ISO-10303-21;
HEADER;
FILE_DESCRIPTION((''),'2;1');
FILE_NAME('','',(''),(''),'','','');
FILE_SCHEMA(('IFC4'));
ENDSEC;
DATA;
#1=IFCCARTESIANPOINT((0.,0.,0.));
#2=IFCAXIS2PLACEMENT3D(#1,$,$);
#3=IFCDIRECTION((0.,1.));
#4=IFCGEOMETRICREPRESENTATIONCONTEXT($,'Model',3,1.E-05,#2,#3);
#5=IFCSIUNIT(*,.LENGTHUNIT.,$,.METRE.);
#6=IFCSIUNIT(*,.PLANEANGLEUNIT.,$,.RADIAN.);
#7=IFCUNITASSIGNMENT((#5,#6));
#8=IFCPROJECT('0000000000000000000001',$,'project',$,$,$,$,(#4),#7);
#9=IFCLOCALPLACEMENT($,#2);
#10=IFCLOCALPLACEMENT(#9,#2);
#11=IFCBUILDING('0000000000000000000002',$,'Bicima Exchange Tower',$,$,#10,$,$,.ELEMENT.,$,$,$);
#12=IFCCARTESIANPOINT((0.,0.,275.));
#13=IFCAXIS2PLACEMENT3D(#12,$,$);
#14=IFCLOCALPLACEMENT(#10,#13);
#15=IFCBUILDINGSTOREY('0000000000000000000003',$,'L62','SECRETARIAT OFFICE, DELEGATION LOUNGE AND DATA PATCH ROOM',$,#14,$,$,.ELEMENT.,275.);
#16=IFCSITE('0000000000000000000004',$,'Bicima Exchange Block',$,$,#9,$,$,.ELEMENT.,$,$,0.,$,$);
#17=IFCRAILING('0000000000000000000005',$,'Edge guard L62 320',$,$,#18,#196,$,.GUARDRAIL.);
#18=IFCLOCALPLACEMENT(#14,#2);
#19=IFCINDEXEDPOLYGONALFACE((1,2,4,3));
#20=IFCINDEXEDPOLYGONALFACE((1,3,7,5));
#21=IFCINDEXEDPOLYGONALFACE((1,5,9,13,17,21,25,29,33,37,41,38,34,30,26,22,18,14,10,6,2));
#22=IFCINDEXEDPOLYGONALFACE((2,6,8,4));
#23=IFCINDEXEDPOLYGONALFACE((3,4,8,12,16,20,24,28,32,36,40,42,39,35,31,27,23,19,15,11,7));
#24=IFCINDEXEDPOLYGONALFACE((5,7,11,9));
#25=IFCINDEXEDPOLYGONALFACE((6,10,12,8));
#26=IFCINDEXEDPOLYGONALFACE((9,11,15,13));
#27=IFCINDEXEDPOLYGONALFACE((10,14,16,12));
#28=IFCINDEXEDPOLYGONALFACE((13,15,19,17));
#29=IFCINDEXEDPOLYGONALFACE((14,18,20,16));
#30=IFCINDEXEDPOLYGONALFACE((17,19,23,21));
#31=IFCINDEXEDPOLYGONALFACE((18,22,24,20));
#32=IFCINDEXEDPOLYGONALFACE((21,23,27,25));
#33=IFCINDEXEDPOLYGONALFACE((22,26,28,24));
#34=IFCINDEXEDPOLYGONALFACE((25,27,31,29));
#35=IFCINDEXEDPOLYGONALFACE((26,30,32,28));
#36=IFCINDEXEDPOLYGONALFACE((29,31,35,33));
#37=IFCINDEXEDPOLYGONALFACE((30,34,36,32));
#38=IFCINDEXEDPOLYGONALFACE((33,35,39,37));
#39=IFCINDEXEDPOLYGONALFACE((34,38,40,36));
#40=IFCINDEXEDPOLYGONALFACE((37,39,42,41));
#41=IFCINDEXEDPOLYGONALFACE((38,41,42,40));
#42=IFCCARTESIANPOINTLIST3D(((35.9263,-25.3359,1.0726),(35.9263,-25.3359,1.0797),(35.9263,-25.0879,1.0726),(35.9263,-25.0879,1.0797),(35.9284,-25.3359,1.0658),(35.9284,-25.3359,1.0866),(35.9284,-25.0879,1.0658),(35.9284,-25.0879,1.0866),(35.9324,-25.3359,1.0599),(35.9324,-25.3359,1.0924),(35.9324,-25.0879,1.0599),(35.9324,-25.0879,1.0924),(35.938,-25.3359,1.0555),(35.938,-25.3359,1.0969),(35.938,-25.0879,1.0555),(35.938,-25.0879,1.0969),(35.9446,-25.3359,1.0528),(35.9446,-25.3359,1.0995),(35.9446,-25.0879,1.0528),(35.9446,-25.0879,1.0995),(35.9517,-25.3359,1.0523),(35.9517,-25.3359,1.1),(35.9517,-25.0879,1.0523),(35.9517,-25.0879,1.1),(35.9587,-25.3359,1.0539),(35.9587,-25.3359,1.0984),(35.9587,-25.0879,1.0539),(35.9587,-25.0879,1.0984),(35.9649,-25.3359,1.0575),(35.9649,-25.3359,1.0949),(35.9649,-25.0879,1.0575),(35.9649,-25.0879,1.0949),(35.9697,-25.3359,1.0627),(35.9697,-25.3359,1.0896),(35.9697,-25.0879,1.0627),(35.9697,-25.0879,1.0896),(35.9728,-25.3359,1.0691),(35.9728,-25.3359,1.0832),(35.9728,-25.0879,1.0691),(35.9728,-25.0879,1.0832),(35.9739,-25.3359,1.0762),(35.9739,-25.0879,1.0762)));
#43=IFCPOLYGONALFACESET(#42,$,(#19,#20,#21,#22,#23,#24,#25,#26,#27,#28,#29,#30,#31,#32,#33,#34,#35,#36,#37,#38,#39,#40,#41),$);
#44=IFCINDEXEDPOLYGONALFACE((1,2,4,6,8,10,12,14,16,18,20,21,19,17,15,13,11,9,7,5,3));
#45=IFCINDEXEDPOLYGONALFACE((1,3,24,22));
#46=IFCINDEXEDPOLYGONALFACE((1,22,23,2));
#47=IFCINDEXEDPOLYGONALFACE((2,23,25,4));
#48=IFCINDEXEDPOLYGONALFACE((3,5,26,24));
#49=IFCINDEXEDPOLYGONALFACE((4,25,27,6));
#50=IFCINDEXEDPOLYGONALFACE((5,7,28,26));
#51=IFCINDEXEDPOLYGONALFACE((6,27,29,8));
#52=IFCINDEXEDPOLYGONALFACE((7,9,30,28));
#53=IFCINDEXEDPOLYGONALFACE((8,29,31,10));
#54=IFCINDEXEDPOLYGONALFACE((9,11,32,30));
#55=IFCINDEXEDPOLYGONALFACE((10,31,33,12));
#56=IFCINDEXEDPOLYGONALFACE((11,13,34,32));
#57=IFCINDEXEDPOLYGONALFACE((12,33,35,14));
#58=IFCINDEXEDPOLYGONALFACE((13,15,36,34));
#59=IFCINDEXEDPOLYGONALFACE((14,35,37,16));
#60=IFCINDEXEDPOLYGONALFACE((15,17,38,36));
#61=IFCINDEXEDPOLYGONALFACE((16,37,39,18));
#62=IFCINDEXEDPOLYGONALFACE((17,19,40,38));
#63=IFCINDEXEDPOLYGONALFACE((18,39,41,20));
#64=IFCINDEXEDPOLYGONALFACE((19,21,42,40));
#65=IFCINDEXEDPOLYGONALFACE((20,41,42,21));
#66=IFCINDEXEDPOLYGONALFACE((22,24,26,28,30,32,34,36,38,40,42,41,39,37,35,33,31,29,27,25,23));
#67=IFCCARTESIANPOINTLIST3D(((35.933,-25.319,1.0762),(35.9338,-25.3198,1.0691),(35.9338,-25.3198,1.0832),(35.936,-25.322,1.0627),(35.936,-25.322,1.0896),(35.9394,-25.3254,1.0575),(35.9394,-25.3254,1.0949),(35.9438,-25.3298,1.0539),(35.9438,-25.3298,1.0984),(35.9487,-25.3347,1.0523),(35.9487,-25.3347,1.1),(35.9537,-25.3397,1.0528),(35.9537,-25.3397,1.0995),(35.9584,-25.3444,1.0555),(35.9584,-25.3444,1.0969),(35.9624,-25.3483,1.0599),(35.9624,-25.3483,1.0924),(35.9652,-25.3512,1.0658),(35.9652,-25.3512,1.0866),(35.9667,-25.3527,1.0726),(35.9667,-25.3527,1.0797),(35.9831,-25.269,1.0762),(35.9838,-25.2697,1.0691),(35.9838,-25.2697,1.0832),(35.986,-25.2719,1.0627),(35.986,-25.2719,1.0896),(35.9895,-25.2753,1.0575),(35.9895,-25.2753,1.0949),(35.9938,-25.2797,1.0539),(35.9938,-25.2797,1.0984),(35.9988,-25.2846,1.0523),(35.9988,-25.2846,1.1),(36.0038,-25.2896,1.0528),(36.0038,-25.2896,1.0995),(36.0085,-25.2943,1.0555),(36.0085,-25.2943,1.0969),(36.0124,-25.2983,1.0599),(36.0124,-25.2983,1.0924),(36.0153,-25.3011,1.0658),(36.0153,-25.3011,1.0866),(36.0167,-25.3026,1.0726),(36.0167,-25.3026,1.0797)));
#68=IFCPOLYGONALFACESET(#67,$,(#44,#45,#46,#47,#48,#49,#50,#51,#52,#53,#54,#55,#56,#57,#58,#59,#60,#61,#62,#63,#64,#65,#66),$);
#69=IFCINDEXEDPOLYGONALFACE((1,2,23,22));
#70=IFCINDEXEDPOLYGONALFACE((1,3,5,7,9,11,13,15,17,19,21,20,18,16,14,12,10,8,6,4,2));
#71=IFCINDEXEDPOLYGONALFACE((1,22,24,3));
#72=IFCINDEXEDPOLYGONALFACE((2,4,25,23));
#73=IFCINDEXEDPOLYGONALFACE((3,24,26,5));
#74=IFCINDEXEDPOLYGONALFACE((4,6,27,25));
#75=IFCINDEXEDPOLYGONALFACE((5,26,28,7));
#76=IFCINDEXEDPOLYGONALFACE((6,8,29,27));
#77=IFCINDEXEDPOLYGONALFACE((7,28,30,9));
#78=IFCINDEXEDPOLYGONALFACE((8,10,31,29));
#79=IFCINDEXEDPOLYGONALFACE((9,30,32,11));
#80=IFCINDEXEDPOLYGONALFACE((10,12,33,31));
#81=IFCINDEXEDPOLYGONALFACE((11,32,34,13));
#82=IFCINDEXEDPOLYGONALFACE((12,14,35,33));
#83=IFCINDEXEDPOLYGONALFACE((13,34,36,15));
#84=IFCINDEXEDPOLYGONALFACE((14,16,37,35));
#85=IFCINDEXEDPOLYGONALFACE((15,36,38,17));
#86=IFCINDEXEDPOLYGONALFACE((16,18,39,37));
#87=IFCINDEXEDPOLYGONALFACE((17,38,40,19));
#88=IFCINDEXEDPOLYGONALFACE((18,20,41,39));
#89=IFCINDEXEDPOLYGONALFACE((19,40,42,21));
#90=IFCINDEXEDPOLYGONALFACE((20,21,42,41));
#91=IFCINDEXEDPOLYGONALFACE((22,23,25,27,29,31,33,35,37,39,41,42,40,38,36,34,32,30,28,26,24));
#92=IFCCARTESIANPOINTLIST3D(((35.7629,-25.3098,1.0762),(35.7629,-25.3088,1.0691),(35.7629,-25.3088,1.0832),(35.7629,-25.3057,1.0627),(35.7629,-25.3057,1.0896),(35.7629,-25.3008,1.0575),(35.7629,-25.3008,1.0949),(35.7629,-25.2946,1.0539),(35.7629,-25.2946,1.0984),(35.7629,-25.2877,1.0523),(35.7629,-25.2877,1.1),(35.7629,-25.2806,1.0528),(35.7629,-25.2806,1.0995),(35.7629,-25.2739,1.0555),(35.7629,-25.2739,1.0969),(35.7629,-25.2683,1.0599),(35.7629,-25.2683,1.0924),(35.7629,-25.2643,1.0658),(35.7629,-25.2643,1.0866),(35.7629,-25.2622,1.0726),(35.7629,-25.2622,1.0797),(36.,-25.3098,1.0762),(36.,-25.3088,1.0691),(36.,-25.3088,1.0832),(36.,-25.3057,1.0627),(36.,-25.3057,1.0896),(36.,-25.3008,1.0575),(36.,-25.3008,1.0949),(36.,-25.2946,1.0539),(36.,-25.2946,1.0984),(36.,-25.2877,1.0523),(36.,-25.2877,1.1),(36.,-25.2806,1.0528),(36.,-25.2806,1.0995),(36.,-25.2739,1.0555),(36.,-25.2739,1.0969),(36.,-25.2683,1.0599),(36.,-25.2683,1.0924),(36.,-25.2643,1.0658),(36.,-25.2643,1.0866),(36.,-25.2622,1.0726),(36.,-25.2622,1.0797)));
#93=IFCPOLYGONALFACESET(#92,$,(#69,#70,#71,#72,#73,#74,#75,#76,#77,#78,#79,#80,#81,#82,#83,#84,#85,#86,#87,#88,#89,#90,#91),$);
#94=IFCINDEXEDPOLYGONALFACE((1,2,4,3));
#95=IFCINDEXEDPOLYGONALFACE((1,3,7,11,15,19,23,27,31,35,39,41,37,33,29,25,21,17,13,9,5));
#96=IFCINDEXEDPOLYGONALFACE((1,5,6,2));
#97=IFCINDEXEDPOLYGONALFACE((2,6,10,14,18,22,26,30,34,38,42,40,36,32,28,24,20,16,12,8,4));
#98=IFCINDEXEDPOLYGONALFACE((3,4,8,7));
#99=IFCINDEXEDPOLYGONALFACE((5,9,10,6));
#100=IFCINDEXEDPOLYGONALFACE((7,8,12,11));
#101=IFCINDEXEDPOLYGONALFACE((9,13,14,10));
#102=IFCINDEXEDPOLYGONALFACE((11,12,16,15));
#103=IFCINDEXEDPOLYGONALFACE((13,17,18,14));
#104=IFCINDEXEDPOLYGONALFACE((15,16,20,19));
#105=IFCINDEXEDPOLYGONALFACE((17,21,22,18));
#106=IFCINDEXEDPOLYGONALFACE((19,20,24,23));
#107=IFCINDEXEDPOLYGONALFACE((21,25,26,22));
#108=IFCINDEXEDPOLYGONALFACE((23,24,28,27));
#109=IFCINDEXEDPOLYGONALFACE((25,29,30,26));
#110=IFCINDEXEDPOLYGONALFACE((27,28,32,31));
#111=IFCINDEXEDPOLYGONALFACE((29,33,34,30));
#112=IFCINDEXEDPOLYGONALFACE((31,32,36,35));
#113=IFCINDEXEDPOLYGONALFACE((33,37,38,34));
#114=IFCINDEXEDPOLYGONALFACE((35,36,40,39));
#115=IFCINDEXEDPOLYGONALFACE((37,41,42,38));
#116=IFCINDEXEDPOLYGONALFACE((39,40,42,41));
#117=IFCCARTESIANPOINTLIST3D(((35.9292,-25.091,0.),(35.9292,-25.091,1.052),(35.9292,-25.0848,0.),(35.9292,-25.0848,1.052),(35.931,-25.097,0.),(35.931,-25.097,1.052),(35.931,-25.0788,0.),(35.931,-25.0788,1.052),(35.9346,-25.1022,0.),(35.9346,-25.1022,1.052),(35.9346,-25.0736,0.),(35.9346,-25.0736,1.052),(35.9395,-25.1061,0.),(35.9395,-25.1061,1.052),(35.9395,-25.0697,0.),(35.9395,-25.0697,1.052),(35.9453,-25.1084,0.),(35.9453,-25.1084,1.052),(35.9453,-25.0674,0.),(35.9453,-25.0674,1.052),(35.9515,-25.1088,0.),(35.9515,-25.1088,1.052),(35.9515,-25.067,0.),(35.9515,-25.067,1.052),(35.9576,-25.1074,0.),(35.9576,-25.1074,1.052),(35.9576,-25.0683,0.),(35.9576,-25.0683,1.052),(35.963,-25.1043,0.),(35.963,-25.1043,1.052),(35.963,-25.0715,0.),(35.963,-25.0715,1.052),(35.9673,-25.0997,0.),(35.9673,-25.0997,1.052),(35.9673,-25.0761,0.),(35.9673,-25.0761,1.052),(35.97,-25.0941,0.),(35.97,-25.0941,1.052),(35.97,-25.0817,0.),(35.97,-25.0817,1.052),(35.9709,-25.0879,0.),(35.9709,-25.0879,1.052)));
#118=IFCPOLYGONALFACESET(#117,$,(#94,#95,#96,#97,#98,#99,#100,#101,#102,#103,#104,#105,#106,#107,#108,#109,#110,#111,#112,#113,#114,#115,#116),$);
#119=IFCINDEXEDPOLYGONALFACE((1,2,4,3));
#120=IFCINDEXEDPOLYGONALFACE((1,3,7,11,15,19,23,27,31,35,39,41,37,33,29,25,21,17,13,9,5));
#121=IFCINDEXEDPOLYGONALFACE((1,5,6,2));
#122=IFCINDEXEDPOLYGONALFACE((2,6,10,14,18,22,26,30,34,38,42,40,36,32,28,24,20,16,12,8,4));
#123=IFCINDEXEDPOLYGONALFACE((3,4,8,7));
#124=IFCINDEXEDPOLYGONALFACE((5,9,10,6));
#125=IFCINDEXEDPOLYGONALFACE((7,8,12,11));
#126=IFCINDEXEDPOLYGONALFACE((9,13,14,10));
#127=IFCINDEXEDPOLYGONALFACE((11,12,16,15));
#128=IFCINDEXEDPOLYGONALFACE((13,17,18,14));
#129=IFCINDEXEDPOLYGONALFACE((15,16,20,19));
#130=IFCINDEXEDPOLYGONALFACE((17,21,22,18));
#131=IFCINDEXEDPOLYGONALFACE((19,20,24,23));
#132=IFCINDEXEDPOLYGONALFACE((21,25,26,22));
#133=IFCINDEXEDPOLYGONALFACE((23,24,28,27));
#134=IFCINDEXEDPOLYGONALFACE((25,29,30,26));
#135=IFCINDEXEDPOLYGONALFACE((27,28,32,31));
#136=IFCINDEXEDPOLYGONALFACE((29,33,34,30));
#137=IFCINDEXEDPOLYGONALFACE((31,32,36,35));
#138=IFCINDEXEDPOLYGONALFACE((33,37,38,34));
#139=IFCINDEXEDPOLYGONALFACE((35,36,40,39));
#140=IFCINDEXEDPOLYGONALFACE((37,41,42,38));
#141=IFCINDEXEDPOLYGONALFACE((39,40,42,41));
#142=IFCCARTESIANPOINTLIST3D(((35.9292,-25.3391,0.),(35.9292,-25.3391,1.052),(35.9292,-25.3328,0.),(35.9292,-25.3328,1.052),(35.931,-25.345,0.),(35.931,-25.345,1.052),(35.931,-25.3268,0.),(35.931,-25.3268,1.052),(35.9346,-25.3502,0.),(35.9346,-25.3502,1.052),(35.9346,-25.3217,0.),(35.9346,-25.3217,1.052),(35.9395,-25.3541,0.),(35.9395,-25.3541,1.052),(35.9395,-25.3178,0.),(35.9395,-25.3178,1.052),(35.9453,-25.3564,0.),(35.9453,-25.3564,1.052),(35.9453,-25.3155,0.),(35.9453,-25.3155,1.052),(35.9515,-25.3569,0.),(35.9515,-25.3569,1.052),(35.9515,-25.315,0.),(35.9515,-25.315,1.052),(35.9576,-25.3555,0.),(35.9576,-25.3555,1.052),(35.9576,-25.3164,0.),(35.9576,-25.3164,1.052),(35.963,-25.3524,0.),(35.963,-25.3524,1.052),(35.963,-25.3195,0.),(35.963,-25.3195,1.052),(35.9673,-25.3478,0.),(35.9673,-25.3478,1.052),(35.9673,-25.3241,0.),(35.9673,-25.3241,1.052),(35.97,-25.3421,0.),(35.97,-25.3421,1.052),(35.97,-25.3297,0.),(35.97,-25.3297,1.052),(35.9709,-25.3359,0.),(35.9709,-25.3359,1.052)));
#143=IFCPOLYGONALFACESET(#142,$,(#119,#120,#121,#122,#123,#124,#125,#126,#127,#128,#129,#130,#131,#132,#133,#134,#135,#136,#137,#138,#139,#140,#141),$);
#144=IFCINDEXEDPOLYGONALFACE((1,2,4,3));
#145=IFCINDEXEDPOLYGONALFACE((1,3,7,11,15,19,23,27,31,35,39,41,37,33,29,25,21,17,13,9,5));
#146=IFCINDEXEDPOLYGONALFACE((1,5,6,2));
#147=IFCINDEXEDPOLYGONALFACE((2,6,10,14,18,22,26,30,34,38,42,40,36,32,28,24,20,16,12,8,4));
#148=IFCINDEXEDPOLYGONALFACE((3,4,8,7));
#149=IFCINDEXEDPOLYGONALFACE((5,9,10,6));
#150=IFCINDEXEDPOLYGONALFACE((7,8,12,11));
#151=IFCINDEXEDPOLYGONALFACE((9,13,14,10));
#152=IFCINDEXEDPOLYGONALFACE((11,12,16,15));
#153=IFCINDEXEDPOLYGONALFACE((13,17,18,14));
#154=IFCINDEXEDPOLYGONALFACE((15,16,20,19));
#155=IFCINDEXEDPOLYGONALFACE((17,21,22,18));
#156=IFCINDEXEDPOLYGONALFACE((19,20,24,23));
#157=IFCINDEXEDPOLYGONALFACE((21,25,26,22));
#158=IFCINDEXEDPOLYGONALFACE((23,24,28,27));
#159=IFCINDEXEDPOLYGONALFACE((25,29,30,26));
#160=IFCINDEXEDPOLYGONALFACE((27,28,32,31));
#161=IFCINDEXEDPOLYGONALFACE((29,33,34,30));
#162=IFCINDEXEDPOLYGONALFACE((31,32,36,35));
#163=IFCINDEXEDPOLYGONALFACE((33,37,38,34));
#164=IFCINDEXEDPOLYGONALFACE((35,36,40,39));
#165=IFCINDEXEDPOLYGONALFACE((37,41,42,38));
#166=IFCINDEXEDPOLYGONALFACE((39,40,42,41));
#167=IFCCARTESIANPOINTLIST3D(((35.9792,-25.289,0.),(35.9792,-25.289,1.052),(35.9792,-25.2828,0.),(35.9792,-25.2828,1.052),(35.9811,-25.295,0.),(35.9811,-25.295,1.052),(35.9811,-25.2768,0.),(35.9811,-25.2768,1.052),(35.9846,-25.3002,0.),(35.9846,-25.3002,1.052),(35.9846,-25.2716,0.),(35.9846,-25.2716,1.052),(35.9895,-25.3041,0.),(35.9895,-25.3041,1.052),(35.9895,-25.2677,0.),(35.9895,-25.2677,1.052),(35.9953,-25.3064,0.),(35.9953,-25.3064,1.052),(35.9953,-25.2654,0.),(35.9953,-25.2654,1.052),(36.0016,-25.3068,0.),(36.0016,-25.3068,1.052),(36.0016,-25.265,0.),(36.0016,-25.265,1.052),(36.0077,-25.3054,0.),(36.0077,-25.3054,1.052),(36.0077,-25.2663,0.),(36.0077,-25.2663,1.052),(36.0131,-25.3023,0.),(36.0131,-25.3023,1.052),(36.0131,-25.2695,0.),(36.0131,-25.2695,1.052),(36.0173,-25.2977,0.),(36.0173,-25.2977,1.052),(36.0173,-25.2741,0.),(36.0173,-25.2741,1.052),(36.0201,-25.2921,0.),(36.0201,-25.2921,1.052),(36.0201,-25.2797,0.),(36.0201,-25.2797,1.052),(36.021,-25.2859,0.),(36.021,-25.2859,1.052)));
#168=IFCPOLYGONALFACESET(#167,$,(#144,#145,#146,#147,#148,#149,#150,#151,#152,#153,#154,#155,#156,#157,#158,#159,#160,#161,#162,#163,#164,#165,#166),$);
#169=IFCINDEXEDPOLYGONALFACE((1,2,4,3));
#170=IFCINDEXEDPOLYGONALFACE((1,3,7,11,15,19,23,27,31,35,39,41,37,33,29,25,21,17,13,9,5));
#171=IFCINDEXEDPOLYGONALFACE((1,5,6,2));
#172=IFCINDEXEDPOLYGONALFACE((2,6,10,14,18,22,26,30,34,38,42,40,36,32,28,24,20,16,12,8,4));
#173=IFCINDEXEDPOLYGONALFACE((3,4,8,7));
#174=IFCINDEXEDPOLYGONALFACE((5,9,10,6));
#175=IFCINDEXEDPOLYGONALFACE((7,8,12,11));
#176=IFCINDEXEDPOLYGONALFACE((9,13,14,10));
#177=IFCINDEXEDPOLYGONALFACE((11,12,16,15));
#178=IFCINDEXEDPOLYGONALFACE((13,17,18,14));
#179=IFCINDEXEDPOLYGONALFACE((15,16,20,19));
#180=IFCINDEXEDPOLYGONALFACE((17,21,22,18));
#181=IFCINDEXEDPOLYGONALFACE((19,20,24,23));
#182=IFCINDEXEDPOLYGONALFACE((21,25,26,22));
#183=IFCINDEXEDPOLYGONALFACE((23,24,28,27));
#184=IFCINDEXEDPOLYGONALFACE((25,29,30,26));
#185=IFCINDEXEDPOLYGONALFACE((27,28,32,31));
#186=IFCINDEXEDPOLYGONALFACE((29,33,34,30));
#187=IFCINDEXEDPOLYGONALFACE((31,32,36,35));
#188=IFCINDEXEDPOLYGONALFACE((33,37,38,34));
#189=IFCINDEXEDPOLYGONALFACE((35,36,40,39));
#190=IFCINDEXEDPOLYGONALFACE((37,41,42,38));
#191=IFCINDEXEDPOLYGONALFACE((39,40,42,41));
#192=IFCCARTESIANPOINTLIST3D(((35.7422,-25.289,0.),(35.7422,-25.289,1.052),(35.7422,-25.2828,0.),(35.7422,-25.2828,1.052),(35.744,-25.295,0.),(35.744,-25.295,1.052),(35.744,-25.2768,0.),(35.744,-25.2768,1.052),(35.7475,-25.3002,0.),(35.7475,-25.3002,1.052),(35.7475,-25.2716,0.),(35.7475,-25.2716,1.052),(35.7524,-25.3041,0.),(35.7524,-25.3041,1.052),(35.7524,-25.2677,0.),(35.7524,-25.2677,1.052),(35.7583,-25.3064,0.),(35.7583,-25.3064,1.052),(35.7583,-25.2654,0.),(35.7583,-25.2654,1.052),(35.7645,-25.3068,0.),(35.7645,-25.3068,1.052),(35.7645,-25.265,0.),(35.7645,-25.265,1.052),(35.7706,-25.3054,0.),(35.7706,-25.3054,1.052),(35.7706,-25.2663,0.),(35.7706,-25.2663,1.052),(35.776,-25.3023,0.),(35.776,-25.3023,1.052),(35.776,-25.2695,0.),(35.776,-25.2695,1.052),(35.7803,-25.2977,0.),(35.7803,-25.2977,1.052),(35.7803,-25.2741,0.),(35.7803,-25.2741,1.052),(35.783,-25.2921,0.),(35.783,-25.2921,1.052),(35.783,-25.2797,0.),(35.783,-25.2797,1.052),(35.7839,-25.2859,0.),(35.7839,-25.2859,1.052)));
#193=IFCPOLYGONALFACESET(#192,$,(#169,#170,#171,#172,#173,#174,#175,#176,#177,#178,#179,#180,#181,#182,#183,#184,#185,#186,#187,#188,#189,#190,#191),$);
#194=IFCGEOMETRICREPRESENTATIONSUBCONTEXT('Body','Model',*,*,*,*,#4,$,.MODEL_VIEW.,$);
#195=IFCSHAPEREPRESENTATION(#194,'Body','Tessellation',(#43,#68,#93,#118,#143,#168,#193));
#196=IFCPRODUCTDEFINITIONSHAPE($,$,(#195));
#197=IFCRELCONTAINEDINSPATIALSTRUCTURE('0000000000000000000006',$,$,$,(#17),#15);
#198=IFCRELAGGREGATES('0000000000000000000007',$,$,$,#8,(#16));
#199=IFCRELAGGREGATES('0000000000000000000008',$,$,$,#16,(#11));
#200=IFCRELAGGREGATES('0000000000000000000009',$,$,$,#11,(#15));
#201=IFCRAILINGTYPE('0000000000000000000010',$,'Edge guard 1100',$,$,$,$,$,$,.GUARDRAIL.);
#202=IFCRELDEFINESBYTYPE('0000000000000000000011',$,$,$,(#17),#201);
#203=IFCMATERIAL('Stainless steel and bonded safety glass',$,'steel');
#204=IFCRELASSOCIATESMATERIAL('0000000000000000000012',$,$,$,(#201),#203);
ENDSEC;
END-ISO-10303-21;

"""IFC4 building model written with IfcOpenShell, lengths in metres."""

from ifc_helpers import new_model, si_unit, direction, frame, origin, origin_2d, place, context, subcontext, project, spatial, circle, extrude, material, type_object, element, save


model = new_model("IFC4")

# Units and contexts
model_context = context("Model", 3, precision=1e-05, world=origin(), true_north=direction((0.0, 1.0)))
body_context = subcontext(model_context, "Body", "Model", "MODEL_VIEW")
ifc_project = project(units=[si_unit("LENGTHUNIT", "METRE"), si_unit("PLANEANGLEUNIT", "RADIAN")], contexts=[model_context])

# Site, building, storey
site_placement = place(None, origin())
site = spatial("IfcSite", under=ifc_project, at=site_placement, Name="Bicima Exchange Block", CompositionType="ELEMENT", RefElevation=0.0)
building_placement = place(site_placement, origin())
building = spatial("IfcBuilding", under=site, at=building_placement, Name="Bicima Exchange Tower", CompositionType="ELEMENT")
storey_placement = place(building_placement, frame((0.0, 0.0, 275.0)))
storey = spatial("IfcBuildingStorey", under=building, at=storey_placement, Name="L62", Description="SECRETARIAT OFFICE, DELEGATION LOUNGE AND DATA PATCH ROOM", CompositionType="ELEMENT", Elevation=275.0)

# Railing
ifc_material_1 = material(Name="Stainless steel and bonded safety glass", Category="steel")
railing_type = type_object("IfcRailingType", Name="Edge guard 1100", PredefinedType="GUARDRAIL", material=ifc_material_1)
railing_1_placement = place(storey_placement, frame((35.95, -25.0879, 0.0)))
element("IfcRailing", 1, at=railing_1_placement, inside=storey, type_object=railing_type, Name="Edge guard L62 320", PredefinedType="GUARDRAIL", context=body_context, shape_type="SweptSolid", body=[
    extrude(circle(Radius=0.0239, at=origin_2d()), frame((0.0, 0.0, 1.0762), z_axis=(0.0, -1.0, 0.0), x_axis=(1.0, 0.0, 0.0)), (0.0, 0.0, 1.0), 0.248),
    extrude(circle(Radius=0.0239, at=origin_2d()), frame((0.0, -0.248, 1.0762), z_axis=(0.707107, 0.707107, 0.0), x_axis=(-0.707107, 0.707107, 0.0)), (0.0, 0.0, 1.0), 0.0708),
    extrude(circle(Radius=0.0239, at=origin_2d()), frame((0.05, -0.198, 1.0762), z_axis=(-1.0, 0.0, 0.0), x_axis=(0.0, -1.0, 0.0)), (0.0, 0.0, 1.0), 0.2371),
    extrude(circle(Radius=0.021, at=origin_2d()), origin(), (0.0, 0.0, 1.0), 1.052),
    extrude(circle(Radius=0.021, at=origin_2d()), frame((0.0, -0.248, 0.0)), (0.0, 0.0, 1.0), 1.052),
    extrude(circle(Radius=0.021, at=origin_2d()), frame((0.05, -0.198, 0.0)), (0.0, 0.0, 1.0), 1.052),
    extrude(circle(Radius=0.021, at=origin_2d()), frame((-0.187, -0.198, 0.0)), (0.0, 0.0, 1.0), 1.052),
])

save(model, "model.ifc")
